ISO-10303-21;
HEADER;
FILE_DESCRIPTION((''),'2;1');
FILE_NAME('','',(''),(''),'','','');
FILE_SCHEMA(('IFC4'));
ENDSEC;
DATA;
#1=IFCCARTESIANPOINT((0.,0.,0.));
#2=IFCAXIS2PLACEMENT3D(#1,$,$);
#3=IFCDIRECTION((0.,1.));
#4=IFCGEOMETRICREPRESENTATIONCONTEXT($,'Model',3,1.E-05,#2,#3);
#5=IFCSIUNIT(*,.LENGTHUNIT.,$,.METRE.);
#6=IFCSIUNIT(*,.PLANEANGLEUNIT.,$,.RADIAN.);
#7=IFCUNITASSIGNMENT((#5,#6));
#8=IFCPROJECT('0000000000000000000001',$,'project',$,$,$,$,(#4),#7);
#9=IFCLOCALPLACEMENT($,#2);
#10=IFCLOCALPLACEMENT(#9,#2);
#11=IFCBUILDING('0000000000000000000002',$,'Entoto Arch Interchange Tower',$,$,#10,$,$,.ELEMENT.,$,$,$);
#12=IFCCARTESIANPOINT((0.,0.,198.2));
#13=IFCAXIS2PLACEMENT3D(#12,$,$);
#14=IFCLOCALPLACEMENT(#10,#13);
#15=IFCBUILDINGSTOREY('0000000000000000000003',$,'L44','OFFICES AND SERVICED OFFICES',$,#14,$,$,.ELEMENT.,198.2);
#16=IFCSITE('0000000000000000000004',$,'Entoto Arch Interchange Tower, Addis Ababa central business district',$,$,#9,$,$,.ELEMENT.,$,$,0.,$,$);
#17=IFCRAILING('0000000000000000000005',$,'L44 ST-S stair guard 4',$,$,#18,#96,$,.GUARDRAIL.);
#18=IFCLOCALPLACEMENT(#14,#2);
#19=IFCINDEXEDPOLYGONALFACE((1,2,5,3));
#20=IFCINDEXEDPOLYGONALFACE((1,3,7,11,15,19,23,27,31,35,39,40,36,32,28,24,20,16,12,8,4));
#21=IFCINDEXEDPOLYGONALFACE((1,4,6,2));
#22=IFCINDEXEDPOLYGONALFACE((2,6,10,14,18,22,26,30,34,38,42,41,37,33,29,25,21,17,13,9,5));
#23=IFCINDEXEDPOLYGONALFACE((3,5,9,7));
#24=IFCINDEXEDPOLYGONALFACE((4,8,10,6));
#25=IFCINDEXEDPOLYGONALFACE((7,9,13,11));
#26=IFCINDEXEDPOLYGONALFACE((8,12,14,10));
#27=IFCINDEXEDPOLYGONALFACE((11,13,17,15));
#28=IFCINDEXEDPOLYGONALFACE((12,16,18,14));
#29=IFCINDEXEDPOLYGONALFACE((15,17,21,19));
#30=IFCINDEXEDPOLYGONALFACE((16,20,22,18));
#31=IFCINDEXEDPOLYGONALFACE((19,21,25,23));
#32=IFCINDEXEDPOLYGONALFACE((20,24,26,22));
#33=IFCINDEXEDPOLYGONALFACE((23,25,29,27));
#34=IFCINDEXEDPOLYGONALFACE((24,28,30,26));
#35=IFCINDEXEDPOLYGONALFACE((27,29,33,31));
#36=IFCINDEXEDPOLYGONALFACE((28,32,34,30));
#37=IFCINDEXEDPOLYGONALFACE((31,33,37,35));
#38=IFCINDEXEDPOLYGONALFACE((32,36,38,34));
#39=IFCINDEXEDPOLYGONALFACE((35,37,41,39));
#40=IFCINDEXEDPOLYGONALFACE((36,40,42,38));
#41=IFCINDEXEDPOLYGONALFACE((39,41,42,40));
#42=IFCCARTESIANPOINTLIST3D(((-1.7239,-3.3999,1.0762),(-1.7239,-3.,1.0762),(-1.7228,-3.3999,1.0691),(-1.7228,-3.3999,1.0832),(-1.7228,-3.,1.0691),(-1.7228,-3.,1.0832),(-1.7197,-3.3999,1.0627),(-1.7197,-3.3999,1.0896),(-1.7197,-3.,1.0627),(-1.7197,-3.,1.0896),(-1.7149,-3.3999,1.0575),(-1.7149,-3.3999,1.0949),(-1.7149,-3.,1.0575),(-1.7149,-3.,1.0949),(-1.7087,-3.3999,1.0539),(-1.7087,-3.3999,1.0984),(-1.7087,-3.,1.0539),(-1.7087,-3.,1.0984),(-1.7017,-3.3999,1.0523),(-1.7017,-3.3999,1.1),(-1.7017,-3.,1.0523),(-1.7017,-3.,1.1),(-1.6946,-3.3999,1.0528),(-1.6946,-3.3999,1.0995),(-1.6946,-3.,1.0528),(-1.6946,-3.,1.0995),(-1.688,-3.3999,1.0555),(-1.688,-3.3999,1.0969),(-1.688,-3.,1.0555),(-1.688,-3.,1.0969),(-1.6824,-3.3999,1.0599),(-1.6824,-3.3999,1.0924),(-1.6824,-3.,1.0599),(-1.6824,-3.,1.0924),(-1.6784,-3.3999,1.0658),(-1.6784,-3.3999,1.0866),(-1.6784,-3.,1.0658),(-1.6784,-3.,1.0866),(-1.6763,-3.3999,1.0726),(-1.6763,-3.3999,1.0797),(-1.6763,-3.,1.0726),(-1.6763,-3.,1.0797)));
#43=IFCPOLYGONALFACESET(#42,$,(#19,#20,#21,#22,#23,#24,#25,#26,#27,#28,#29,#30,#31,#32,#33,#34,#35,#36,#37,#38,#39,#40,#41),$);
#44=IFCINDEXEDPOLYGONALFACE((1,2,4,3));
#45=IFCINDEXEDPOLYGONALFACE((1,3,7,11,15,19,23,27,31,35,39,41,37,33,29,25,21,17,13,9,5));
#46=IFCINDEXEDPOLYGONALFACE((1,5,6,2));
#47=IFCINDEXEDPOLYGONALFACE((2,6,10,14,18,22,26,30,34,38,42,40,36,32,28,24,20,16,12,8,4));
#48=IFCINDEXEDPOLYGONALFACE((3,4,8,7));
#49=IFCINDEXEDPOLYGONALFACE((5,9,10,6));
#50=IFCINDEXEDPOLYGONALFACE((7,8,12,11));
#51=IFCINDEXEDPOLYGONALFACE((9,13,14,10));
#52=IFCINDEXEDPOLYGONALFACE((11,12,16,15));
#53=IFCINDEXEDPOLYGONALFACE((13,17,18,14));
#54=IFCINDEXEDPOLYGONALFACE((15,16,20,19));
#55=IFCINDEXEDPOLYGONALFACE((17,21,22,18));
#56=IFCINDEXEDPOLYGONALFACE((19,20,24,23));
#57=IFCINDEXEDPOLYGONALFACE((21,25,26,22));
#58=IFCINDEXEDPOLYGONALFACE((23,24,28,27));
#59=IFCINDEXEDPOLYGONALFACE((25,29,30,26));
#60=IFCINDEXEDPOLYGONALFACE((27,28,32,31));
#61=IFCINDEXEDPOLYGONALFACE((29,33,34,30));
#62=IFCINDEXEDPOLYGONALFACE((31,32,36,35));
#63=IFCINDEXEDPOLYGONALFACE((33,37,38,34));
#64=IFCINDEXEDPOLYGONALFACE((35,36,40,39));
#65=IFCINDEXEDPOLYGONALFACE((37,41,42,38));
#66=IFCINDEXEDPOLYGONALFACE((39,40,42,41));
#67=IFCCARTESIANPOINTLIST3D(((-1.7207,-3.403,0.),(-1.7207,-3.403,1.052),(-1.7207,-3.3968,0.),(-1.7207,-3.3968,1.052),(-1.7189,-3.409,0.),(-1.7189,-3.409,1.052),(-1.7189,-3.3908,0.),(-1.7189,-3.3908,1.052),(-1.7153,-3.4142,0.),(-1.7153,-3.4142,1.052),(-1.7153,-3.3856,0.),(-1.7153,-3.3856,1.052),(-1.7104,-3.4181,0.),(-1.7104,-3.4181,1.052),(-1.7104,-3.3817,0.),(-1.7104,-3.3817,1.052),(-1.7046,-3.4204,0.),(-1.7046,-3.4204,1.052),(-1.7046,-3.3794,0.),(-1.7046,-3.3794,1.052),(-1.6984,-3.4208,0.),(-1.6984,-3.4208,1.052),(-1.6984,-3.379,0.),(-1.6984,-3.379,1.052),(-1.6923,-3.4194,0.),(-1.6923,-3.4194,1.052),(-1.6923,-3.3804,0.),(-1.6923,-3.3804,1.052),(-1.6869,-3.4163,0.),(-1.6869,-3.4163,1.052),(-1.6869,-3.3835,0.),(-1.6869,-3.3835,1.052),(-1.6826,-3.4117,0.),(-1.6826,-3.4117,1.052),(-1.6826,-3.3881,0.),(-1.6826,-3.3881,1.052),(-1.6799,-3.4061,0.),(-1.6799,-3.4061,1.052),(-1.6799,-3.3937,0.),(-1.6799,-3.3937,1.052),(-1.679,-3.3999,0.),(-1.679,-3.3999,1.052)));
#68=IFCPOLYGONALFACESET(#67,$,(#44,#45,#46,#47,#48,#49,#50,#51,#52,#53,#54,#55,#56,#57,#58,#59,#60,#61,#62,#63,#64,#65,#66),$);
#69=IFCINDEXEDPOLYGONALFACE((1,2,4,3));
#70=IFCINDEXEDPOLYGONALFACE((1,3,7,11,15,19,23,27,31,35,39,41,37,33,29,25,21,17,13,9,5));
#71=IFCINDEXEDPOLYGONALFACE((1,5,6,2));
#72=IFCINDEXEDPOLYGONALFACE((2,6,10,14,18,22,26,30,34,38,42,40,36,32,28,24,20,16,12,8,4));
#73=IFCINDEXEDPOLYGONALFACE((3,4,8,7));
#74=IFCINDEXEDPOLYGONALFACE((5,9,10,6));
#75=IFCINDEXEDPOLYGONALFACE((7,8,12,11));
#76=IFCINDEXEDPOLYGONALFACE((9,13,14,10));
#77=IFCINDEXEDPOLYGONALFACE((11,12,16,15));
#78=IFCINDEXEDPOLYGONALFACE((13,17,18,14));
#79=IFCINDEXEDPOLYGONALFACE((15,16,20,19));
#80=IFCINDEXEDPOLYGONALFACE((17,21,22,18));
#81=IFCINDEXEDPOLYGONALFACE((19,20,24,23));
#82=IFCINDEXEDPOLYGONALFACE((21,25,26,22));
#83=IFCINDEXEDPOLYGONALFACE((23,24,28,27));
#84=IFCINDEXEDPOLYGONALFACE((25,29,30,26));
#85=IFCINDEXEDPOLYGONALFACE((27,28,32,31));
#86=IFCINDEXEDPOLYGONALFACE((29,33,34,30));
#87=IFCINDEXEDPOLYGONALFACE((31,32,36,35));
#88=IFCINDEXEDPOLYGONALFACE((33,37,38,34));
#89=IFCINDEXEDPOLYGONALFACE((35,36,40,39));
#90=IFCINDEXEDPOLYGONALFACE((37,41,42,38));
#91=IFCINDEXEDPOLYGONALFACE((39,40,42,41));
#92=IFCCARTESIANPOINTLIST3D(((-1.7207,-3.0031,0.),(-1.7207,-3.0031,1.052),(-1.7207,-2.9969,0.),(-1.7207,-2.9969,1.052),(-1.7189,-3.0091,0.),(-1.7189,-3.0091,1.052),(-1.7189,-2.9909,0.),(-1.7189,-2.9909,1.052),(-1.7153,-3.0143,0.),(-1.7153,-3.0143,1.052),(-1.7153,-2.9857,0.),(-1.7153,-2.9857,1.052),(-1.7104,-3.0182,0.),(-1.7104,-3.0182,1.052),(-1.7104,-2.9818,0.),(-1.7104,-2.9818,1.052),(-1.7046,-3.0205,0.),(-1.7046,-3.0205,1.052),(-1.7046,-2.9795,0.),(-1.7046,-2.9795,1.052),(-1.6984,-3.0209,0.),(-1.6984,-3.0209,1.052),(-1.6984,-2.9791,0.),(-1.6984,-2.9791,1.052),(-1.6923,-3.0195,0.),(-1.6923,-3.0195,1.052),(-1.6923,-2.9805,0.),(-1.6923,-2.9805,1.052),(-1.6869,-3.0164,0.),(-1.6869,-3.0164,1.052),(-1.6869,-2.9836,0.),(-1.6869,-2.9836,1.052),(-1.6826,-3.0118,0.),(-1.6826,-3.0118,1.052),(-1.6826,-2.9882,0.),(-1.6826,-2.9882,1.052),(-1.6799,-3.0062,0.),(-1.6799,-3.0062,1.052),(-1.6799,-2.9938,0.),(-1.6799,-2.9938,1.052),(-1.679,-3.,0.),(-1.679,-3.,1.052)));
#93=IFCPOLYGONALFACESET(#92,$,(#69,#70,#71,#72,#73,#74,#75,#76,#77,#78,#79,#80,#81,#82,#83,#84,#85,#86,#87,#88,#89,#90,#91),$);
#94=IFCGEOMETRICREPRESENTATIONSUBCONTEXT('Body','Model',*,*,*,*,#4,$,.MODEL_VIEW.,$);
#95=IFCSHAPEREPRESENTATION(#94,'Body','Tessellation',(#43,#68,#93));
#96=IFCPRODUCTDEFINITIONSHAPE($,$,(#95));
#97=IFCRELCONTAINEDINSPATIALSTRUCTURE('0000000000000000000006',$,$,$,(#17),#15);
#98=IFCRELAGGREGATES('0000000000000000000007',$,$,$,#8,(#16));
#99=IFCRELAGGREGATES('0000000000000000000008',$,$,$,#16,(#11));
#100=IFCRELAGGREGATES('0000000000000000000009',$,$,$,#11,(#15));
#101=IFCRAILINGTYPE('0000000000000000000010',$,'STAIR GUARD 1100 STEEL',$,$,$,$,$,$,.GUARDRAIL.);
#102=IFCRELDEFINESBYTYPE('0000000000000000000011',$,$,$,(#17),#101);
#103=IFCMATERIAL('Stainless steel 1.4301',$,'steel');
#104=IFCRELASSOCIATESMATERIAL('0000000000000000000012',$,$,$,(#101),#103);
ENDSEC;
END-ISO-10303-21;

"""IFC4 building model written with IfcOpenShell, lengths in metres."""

from ifc_helpers import new_model, si_unit, direction, frame, origin, origin_2d, place, context, subcontext, project, spatial, circle, extrude, material, type_object, element, save


model = new_model("IFC4")

# Units and contexts
model_context = context("Model", 3, precision=1e-05, world=origin(), true_north=direction((0.0, 1.0)))
body_context = subcontext(model_context, "Body", "Model", "MODEL_VIEW")
ifc_project = project(units=[si_unit("LENGTHUNIT", "METRE"), si_unit("PLANEANGLEUNIT", "RADIAN")], contexts=[model_context])

# Site, building, storey
site_placement = place(None, origin())
site = spatial("IfcSite", under=ifc_project, at=site_placement, Name="Entoto Arch Interchange Tower, Addis Ababa central business district", CompositionType="ELEMENT", RefElevation=0.0)
building_placement = place(site_placement, origin())
building = spatial("IfcBuilding", under=site, at=building_placement, Name="Entoto Arch Interchange Tower", CompositionType="ELEMENT")
storey_placement = place(building_placement, frame((0.0, 0.0, 198.2)))
storey = spatial("IfcBuildingStorey", under=building, at=storey_placement, Name="L44", Description="OFFICES AND SERVICED OFFICES", CompositionType="ELEMENT", Elevation=198.2)

# Railing
ifc_material_1 = material(Name="Stainless steel 1.4301", Category="steel")
railing_type_1 = type_object("IfcRailingType", Name="STAIR GUARD 1100 STEEL", PredefinedType="GUARDRAIL", material=ifc_material_1)
railing_1_placement = place(storey_placement, frame((-1.7, -3.3999, 0.0)))
element("IfcRailing", 1, at=railing_1_placement, inside=storey, type_object=railing_type_1, Name="L44 ST-S stair guard 4", PredefinedType="GUARDRAIL", context=body_context, shape_type="SweptSolid", body=[
    extrude(circle(Radius=0.0239, at=origin_2d()), frame((0.0, 0.0, 1.0762), z_axis=(0.0, 1.0, 0.0), x_axis=(-1.0, 0.0, 0.0)), (0.0, 0.0, 1.0), 0.3999),
    extrude(circle(Radius=0.021, at=origin_2d()), origin(), (0.0, 0.0, 1.0), 1.052),
    extrude(circle(Radius=0.021, at=origin_2d()), frame((0.0, 0.3999, 0.0)), (0.0, 0.0, 1.0), 1.052),
])

save(model, "model.ifc")
